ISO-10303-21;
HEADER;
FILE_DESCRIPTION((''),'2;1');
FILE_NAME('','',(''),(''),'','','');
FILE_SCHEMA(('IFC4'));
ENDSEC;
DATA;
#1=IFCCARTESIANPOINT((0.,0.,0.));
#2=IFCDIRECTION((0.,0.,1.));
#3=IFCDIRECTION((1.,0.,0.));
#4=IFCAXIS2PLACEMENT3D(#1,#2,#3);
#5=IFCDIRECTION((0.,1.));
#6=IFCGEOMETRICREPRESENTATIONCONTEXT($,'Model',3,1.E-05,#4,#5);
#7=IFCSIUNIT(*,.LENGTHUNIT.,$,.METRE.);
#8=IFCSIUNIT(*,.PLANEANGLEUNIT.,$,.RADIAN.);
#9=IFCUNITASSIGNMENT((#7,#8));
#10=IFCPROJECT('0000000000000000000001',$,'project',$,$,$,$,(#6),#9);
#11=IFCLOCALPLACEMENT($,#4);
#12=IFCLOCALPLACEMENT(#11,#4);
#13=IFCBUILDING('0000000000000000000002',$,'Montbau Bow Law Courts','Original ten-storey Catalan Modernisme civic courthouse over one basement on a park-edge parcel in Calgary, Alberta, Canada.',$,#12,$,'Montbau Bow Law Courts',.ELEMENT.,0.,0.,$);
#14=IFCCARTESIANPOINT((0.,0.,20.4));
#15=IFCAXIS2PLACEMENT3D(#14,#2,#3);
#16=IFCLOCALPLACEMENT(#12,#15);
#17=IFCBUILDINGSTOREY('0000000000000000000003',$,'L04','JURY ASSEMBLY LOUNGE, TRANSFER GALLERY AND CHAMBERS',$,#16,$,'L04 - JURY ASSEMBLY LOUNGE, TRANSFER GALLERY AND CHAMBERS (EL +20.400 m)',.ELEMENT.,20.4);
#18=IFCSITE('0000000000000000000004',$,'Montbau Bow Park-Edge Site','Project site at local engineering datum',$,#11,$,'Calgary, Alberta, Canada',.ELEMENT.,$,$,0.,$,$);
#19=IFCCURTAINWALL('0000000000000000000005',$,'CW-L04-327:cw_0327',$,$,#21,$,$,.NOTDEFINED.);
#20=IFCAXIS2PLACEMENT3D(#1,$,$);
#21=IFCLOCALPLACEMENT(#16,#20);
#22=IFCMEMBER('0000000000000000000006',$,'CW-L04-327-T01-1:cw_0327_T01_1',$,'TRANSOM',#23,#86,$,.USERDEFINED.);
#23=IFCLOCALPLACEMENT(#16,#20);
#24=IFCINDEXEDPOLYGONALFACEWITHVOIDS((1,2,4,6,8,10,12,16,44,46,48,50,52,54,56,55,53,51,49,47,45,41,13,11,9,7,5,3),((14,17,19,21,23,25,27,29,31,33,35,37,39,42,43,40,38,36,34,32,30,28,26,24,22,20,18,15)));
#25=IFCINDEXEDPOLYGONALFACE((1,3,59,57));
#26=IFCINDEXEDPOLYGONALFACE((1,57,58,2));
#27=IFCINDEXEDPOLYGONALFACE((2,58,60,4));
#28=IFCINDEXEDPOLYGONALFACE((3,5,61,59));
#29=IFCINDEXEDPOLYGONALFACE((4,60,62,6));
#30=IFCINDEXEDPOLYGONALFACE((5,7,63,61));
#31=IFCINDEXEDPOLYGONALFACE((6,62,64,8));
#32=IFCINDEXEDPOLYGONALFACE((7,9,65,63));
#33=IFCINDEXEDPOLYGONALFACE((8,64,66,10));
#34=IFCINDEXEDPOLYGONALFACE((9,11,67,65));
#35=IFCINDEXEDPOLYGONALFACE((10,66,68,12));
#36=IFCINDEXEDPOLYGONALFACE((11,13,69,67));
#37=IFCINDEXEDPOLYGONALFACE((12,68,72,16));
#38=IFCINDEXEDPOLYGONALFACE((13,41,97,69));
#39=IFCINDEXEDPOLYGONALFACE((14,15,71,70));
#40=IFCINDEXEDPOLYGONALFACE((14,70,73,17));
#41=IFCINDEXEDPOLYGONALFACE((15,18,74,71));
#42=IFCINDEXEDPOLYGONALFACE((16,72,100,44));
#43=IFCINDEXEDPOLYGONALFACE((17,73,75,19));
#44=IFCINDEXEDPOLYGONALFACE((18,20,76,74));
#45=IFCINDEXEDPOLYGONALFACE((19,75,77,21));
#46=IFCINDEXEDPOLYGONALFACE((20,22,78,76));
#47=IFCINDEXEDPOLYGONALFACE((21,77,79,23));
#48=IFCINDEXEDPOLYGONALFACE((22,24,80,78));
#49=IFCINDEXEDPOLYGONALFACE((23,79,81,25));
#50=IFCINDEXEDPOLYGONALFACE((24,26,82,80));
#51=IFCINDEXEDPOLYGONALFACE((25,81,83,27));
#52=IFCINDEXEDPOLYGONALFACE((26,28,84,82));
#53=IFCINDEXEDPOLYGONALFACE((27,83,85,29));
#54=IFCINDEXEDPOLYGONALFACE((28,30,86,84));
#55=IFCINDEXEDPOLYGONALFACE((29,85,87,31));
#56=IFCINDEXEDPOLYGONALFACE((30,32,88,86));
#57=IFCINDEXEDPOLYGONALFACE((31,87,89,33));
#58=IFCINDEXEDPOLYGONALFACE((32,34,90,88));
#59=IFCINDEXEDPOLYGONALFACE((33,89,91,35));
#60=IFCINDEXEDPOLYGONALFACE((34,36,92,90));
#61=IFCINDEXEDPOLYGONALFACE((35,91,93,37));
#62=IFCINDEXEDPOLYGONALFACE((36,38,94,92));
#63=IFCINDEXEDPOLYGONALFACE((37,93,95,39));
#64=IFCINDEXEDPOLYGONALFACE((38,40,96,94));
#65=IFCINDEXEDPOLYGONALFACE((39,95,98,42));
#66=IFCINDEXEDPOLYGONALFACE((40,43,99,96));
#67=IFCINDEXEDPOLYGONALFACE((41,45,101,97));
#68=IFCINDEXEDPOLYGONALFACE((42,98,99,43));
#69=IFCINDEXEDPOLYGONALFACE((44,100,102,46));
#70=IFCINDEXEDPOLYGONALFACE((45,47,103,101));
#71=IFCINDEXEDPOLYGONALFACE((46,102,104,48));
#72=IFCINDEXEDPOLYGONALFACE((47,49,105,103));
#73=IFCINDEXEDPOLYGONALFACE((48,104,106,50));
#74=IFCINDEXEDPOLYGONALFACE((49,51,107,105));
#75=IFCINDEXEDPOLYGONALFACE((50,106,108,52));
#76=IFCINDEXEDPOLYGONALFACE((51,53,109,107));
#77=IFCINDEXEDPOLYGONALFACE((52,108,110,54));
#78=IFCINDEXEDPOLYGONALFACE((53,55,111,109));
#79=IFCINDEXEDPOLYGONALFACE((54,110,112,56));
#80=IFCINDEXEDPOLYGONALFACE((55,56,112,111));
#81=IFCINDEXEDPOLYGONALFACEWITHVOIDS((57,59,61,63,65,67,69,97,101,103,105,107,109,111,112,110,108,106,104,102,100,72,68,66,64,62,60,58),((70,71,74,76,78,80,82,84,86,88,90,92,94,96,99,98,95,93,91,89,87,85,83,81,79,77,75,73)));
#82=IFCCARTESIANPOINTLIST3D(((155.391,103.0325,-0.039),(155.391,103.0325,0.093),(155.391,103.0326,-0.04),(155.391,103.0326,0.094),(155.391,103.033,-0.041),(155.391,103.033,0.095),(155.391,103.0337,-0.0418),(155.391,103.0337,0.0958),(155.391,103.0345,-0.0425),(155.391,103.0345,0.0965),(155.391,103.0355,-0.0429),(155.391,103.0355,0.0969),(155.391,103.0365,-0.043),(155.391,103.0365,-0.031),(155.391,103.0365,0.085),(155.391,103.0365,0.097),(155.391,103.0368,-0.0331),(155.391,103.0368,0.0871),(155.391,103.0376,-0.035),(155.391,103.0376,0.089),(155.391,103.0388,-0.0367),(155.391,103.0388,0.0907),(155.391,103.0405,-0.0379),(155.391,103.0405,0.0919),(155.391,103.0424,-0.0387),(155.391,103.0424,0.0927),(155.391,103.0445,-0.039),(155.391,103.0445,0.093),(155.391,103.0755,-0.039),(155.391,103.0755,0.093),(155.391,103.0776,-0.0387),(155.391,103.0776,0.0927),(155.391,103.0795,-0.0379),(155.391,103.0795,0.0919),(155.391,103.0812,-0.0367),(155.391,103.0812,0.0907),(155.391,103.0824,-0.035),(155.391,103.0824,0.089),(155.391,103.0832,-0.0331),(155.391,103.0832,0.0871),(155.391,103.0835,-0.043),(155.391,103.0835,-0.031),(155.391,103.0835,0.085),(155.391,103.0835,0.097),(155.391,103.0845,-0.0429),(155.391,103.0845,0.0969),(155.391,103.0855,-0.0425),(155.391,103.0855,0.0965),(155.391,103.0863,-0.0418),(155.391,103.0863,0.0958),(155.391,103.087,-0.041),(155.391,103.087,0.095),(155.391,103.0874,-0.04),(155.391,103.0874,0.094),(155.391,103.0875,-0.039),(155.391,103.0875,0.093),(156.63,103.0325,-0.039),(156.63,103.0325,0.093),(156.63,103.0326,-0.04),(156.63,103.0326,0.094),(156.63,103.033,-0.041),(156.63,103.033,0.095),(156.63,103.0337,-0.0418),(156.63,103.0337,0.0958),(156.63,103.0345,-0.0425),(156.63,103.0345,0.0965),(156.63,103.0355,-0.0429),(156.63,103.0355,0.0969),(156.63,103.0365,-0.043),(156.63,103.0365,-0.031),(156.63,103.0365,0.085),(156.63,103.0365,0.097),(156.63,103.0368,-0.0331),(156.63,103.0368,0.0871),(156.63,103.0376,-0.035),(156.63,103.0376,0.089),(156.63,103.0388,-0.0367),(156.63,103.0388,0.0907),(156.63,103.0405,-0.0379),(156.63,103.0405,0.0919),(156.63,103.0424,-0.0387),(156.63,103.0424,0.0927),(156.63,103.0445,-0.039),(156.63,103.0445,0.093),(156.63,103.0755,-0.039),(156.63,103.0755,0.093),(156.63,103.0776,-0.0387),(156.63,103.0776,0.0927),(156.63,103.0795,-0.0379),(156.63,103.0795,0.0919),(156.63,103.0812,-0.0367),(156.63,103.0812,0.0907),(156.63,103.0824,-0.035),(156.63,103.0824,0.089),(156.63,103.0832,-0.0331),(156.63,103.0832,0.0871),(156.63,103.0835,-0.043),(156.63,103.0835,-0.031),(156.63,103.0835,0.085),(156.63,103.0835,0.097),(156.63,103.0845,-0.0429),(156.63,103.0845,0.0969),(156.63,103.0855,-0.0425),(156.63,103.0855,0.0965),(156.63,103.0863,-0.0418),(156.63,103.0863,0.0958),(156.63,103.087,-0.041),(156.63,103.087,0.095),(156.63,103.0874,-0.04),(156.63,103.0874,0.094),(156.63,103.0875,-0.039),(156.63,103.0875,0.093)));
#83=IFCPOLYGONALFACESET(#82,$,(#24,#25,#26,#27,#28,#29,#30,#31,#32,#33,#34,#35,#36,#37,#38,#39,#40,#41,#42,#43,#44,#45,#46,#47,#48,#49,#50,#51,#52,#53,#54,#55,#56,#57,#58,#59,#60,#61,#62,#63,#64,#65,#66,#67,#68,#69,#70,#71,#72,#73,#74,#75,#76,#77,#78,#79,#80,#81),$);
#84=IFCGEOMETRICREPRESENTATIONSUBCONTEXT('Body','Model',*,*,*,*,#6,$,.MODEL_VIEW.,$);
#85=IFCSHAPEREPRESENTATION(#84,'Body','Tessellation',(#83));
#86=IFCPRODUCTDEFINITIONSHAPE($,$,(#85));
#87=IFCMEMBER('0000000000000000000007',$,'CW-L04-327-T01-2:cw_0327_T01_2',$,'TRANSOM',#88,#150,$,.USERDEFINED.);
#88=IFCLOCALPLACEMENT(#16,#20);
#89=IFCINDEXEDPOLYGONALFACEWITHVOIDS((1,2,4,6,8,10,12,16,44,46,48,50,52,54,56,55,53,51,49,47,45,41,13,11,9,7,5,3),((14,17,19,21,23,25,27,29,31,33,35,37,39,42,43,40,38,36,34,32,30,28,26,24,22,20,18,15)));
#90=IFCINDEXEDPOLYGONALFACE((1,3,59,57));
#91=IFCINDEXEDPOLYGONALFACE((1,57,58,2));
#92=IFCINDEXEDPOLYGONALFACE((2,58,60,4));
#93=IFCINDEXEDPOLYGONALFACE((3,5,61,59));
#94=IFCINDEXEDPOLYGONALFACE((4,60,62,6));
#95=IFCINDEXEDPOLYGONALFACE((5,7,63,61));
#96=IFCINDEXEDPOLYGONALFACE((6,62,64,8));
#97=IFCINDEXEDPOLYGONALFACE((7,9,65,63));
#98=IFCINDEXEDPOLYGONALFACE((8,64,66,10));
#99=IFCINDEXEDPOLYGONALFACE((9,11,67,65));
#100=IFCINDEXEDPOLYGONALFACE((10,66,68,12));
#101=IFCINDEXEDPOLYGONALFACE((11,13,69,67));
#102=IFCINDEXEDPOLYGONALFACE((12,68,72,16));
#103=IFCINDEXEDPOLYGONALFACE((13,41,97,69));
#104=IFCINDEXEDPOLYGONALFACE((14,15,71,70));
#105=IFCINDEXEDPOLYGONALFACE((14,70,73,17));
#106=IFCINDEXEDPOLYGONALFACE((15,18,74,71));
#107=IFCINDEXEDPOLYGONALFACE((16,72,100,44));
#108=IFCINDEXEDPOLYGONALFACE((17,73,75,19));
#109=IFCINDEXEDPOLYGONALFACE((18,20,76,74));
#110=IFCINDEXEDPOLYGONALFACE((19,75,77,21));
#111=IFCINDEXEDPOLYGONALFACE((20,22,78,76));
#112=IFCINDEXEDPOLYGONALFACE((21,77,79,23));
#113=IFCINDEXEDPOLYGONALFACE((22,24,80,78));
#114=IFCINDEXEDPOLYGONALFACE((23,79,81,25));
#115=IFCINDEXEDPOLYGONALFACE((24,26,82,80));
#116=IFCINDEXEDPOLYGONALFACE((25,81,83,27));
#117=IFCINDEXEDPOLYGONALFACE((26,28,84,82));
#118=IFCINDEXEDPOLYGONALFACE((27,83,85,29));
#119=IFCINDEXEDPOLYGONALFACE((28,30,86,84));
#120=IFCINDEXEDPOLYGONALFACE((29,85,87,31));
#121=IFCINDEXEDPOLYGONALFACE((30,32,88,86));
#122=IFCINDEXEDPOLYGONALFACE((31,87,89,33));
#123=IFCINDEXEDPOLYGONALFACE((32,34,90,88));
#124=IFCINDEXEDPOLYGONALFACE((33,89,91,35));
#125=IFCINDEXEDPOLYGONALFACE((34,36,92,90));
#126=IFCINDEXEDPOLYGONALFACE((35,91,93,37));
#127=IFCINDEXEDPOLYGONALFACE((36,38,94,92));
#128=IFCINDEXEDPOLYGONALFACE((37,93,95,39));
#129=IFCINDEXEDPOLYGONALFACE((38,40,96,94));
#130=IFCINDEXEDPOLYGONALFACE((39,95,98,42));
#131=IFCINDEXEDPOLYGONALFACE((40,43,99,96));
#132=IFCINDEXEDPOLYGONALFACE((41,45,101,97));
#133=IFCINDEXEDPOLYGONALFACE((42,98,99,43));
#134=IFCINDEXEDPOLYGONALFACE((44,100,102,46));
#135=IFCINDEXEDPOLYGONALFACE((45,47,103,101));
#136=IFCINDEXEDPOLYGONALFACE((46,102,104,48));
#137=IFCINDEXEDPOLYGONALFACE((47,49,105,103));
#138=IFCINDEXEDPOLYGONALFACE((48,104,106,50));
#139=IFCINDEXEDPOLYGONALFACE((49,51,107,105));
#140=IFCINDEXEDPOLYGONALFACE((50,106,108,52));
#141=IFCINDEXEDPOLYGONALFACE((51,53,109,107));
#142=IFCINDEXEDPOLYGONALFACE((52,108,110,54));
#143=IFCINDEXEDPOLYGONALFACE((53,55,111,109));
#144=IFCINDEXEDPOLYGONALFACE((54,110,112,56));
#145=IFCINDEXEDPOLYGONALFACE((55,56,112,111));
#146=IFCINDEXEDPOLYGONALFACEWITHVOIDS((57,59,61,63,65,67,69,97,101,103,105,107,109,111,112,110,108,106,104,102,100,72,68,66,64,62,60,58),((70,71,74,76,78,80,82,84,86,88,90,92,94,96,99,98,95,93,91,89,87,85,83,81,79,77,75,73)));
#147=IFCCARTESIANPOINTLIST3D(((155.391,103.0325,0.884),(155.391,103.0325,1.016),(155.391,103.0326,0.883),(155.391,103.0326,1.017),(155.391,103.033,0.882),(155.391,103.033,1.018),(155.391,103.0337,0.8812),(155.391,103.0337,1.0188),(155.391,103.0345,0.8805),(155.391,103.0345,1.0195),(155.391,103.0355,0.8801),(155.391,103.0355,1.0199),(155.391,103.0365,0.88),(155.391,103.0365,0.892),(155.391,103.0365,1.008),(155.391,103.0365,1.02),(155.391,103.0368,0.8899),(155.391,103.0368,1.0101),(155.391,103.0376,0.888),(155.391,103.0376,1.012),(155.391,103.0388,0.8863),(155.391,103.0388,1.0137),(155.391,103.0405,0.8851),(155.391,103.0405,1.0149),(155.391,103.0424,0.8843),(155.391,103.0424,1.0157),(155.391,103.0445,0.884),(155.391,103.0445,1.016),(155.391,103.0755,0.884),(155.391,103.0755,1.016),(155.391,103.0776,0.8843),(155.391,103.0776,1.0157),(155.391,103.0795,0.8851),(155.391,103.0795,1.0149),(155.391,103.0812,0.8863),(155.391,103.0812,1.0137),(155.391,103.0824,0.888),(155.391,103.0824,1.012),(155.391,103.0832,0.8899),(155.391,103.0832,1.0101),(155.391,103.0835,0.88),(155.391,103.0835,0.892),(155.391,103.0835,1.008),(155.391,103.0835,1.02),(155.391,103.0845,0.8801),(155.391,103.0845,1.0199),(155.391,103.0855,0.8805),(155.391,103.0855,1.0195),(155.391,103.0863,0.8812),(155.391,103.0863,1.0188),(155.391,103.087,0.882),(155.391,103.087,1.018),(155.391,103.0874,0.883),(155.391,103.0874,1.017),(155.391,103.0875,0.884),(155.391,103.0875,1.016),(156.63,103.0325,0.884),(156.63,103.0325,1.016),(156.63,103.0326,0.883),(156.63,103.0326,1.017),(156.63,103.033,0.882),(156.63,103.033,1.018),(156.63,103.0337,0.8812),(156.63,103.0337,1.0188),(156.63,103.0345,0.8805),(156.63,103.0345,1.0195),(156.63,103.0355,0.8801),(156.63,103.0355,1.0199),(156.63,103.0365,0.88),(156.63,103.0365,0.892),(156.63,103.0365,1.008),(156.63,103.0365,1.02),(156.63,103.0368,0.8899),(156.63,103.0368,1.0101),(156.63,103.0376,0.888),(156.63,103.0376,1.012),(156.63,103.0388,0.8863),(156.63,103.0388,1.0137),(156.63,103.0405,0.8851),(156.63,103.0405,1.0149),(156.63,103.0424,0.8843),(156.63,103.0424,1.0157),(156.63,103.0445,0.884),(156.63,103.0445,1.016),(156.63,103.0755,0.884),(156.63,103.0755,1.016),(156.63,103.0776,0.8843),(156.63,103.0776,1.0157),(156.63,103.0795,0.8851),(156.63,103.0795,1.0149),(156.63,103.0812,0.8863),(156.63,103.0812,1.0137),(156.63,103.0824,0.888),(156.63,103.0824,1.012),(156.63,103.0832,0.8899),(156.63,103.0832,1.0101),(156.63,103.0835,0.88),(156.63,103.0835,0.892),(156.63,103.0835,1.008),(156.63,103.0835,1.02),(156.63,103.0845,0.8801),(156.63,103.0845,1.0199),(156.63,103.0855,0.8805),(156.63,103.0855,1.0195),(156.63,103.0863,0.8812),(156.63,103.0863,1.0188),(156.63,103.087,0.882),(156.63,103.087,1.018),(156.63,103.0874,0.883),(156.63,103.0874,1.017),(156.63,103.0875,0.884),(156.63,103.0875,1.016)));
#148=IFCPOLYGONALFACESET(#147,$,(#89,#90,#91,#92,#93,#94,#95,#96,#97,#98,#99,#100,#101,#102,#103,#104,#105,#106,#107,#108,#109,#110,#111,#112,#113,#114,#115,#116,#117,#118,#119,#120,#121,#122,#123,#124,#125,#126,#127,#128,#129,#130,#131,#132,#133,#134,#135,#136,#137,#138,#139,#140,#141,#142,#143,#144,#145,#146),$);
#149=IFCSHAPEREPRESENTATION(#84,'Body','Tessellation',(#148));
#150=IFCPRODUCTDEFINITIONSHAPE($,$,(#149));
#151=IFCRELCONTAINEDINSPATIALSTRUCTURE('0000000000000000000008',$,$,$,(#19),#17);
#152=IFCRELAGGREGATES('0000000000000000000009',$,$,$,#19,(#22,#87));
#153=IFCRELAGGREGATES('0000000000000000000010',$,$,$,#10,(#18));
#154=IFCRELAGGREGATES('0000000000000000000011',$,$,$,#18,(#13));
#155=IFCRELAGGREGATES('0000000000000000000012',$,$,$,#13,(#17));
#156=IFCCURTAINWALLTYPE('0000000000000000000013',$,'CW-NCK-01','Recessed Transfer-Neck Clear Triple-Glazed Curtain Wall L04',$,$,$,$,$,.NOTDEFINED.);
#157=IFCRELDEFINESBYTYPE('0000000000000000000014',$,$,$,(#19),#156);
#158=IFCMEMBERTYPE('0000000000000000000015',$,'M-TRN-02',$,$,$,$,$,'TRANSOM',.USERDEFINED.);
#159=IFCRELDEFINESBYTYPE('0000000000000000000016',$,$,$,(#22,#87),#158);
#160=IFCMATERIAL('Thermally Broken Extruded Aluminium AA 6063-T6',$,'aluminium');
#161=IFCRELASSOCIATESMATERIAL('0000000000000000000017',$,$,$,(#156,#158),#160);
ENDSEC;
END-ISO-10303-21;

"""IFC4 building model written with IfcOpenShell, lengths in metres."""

from ifc_helpers import new_model, si_unit, direction, frame, origin_with_axes, origin_2d_with_axis, place, context, subcontext, project, spatial, hollow_rectangle, extrude, material, material_profile, profile_set, type_object, element, aggregate, save


model = new_model("IFC4")

# Units and contexts
model_context = context("Model", 3, precision=1e-05, world=origin_with_axes(), true_north=direction((0.0, 1.0)))
body_context = subcontext(model_context, "Body", "Model", "MODEL_VIEW")
ifc_project = project(units=[si_unit("LENGTHUNIT", "METRE"), si_unit("PLANEANGLEUNIT", "RADIAN")], contexts=[model_context])

# Site, building, storey
site_placement = place(None, origin_with_axes())
site = spatial("IfcSite", under=ifc_project, at=site_placement, Name="Montbau Bow Park-Edge Site", Description="Project site at local engineering datum", LongName="Calgary, Alberta, Canada", CompositionType="ELEMENT", RefElevation=0.0)
building_placement = place(site_placement, origin_with_axes())
building = spatial("IfcBuilding", under=site, at=building_placement, Name="Montbau Bow Law Courts", Description="Original ten-storey Catalan Modernisme civic courthouse over one basement on a park-edge parcel in Calgary, Alberta, Canada.", LongName="Montbau Bow Law Courts", CompositionType="ELEMENT", ElevationOfRefHeight=0.0, ElevationOfTerrain=0.0)
storey_placement = place(building_placement, frame((0.0, 0.0, 20.4), z_axis=(0.0, 0.0, 1.0), x_axis=(1.0, 0.0, 0.0)))
storey = spatial("IfcBuildingStorey", under=building, at=storey_placement, Name="L04", Description="JURY ASSEMBLY LOUNGE, TRANSFER GALLERY AND CHAMBERS", LongName="L04 - JURY ASSEMBLY LOUNGE, TRANSFER GALLERY AND CHAMBERS (EL +20.400 m)", CompositionType="ELEMENT", Elevation=20.4)

# Curtain wall
ifc_material_1 = material(Name="Thermally Broken Extruded Aluminium AA 6063-T6", Category="aluminium")
curtain_wall_type = type_object("IfcCurtainWallType", Name="CW-NCK-01", Description="Recessed Transfer-Neck Clear Triple-Glazed Curtain Wall L04", PredefinedType="NOTDEFINED", material=ifc_material_1)
curtain_wall_1_placement = place(None, frame((155.315, 103.06, 20.4), z_axis=(0.0, 0.0, 1.0), x_axis=(1.0, 0.0, 0.0)))
curtain_wall_1 = element("IfcCurtainWall", 1, at=curtain_wall_1_placement, inside=storey, type_object=curtain_wall_type, Name="CW-L04-327:cw_0327", PredefinedType="NOTDEFINED")

# Members
ifc_material_profile_1 = material_profile(ifc_material_1, hollow_rectangle(XDim=0.055, YDim=0.14, WallThickness=0.004, InnerFilletRadius=0.008, OuterFilletRadius=0.004, at=origin_2d_with_axis()), Name="CWT-140X55", Category="Main", Priority=0)
ifc_profile_set_1 = profile_set([ifc_material_profile_1], Name="Thermally Broken Extruded Aluminium AA 6063-T6")
member_type_1 = type_object("IfcMemberType", Name="M-TRN-02", ElementType="TRANSOM", PredefinedType="USERDEFINED", material=ifc_profile_set_1)
member_1_placement = place(None, frame((155.391, 103.06, 20.427), z_axis=(1.0, 0.0, 0.0), x_axis=(0.0, 1.0, 0.0)))
member_1 = element("IfcMember", 2, at=member_1_placement, type_object=member_type_1, Name="CW-L04-327-T01-1:cw_0327_T01_1", ObjectType="TRANSOM", PredefinedType="USERDEFINED", context=body_context, shape_type="SweptSolid", body=[
    extrude(hollow_rectangle(XDim=0.055, YDim=0.14, WallThickness=0.004, InnerFilletRadius=0.008, OuterFilletRadius=0.004, at=origin_2d_with_axis()), origin_with_axes(), (0.0, 0.0, 1.0), 1.239),
])
member_2_placement = place(None, frame((155.391, 103.06, 21.35), z_axis=(1.0, 0.0, 0.0), x_axis=(0.0, 1.0, 0.0)))
member_2 = element("IfcMember", 3, at=member_2_placement, type_object=member_type_1, Name="CW-L04-327-T01-2:cw_0327_T01_2", ObjectType="TRANSOM", PredefinedType="USERDEFINED", context=body_context, shape_type="SweptSolid", body=[
    extrude(hollow_rectangle(XDim=0.055, YDim=0.14, WallThickness=0.004, InnerFilletRadius=0.008, OuterFilletRadius=0.004, at=origin_2d_with_axis()), origin_with_axes(), (0.0, 0.0, 1.0), 1.239),
])

aggregate(curtain_wall_1, [member_1, member_2])

save(model, "model.ifc")
